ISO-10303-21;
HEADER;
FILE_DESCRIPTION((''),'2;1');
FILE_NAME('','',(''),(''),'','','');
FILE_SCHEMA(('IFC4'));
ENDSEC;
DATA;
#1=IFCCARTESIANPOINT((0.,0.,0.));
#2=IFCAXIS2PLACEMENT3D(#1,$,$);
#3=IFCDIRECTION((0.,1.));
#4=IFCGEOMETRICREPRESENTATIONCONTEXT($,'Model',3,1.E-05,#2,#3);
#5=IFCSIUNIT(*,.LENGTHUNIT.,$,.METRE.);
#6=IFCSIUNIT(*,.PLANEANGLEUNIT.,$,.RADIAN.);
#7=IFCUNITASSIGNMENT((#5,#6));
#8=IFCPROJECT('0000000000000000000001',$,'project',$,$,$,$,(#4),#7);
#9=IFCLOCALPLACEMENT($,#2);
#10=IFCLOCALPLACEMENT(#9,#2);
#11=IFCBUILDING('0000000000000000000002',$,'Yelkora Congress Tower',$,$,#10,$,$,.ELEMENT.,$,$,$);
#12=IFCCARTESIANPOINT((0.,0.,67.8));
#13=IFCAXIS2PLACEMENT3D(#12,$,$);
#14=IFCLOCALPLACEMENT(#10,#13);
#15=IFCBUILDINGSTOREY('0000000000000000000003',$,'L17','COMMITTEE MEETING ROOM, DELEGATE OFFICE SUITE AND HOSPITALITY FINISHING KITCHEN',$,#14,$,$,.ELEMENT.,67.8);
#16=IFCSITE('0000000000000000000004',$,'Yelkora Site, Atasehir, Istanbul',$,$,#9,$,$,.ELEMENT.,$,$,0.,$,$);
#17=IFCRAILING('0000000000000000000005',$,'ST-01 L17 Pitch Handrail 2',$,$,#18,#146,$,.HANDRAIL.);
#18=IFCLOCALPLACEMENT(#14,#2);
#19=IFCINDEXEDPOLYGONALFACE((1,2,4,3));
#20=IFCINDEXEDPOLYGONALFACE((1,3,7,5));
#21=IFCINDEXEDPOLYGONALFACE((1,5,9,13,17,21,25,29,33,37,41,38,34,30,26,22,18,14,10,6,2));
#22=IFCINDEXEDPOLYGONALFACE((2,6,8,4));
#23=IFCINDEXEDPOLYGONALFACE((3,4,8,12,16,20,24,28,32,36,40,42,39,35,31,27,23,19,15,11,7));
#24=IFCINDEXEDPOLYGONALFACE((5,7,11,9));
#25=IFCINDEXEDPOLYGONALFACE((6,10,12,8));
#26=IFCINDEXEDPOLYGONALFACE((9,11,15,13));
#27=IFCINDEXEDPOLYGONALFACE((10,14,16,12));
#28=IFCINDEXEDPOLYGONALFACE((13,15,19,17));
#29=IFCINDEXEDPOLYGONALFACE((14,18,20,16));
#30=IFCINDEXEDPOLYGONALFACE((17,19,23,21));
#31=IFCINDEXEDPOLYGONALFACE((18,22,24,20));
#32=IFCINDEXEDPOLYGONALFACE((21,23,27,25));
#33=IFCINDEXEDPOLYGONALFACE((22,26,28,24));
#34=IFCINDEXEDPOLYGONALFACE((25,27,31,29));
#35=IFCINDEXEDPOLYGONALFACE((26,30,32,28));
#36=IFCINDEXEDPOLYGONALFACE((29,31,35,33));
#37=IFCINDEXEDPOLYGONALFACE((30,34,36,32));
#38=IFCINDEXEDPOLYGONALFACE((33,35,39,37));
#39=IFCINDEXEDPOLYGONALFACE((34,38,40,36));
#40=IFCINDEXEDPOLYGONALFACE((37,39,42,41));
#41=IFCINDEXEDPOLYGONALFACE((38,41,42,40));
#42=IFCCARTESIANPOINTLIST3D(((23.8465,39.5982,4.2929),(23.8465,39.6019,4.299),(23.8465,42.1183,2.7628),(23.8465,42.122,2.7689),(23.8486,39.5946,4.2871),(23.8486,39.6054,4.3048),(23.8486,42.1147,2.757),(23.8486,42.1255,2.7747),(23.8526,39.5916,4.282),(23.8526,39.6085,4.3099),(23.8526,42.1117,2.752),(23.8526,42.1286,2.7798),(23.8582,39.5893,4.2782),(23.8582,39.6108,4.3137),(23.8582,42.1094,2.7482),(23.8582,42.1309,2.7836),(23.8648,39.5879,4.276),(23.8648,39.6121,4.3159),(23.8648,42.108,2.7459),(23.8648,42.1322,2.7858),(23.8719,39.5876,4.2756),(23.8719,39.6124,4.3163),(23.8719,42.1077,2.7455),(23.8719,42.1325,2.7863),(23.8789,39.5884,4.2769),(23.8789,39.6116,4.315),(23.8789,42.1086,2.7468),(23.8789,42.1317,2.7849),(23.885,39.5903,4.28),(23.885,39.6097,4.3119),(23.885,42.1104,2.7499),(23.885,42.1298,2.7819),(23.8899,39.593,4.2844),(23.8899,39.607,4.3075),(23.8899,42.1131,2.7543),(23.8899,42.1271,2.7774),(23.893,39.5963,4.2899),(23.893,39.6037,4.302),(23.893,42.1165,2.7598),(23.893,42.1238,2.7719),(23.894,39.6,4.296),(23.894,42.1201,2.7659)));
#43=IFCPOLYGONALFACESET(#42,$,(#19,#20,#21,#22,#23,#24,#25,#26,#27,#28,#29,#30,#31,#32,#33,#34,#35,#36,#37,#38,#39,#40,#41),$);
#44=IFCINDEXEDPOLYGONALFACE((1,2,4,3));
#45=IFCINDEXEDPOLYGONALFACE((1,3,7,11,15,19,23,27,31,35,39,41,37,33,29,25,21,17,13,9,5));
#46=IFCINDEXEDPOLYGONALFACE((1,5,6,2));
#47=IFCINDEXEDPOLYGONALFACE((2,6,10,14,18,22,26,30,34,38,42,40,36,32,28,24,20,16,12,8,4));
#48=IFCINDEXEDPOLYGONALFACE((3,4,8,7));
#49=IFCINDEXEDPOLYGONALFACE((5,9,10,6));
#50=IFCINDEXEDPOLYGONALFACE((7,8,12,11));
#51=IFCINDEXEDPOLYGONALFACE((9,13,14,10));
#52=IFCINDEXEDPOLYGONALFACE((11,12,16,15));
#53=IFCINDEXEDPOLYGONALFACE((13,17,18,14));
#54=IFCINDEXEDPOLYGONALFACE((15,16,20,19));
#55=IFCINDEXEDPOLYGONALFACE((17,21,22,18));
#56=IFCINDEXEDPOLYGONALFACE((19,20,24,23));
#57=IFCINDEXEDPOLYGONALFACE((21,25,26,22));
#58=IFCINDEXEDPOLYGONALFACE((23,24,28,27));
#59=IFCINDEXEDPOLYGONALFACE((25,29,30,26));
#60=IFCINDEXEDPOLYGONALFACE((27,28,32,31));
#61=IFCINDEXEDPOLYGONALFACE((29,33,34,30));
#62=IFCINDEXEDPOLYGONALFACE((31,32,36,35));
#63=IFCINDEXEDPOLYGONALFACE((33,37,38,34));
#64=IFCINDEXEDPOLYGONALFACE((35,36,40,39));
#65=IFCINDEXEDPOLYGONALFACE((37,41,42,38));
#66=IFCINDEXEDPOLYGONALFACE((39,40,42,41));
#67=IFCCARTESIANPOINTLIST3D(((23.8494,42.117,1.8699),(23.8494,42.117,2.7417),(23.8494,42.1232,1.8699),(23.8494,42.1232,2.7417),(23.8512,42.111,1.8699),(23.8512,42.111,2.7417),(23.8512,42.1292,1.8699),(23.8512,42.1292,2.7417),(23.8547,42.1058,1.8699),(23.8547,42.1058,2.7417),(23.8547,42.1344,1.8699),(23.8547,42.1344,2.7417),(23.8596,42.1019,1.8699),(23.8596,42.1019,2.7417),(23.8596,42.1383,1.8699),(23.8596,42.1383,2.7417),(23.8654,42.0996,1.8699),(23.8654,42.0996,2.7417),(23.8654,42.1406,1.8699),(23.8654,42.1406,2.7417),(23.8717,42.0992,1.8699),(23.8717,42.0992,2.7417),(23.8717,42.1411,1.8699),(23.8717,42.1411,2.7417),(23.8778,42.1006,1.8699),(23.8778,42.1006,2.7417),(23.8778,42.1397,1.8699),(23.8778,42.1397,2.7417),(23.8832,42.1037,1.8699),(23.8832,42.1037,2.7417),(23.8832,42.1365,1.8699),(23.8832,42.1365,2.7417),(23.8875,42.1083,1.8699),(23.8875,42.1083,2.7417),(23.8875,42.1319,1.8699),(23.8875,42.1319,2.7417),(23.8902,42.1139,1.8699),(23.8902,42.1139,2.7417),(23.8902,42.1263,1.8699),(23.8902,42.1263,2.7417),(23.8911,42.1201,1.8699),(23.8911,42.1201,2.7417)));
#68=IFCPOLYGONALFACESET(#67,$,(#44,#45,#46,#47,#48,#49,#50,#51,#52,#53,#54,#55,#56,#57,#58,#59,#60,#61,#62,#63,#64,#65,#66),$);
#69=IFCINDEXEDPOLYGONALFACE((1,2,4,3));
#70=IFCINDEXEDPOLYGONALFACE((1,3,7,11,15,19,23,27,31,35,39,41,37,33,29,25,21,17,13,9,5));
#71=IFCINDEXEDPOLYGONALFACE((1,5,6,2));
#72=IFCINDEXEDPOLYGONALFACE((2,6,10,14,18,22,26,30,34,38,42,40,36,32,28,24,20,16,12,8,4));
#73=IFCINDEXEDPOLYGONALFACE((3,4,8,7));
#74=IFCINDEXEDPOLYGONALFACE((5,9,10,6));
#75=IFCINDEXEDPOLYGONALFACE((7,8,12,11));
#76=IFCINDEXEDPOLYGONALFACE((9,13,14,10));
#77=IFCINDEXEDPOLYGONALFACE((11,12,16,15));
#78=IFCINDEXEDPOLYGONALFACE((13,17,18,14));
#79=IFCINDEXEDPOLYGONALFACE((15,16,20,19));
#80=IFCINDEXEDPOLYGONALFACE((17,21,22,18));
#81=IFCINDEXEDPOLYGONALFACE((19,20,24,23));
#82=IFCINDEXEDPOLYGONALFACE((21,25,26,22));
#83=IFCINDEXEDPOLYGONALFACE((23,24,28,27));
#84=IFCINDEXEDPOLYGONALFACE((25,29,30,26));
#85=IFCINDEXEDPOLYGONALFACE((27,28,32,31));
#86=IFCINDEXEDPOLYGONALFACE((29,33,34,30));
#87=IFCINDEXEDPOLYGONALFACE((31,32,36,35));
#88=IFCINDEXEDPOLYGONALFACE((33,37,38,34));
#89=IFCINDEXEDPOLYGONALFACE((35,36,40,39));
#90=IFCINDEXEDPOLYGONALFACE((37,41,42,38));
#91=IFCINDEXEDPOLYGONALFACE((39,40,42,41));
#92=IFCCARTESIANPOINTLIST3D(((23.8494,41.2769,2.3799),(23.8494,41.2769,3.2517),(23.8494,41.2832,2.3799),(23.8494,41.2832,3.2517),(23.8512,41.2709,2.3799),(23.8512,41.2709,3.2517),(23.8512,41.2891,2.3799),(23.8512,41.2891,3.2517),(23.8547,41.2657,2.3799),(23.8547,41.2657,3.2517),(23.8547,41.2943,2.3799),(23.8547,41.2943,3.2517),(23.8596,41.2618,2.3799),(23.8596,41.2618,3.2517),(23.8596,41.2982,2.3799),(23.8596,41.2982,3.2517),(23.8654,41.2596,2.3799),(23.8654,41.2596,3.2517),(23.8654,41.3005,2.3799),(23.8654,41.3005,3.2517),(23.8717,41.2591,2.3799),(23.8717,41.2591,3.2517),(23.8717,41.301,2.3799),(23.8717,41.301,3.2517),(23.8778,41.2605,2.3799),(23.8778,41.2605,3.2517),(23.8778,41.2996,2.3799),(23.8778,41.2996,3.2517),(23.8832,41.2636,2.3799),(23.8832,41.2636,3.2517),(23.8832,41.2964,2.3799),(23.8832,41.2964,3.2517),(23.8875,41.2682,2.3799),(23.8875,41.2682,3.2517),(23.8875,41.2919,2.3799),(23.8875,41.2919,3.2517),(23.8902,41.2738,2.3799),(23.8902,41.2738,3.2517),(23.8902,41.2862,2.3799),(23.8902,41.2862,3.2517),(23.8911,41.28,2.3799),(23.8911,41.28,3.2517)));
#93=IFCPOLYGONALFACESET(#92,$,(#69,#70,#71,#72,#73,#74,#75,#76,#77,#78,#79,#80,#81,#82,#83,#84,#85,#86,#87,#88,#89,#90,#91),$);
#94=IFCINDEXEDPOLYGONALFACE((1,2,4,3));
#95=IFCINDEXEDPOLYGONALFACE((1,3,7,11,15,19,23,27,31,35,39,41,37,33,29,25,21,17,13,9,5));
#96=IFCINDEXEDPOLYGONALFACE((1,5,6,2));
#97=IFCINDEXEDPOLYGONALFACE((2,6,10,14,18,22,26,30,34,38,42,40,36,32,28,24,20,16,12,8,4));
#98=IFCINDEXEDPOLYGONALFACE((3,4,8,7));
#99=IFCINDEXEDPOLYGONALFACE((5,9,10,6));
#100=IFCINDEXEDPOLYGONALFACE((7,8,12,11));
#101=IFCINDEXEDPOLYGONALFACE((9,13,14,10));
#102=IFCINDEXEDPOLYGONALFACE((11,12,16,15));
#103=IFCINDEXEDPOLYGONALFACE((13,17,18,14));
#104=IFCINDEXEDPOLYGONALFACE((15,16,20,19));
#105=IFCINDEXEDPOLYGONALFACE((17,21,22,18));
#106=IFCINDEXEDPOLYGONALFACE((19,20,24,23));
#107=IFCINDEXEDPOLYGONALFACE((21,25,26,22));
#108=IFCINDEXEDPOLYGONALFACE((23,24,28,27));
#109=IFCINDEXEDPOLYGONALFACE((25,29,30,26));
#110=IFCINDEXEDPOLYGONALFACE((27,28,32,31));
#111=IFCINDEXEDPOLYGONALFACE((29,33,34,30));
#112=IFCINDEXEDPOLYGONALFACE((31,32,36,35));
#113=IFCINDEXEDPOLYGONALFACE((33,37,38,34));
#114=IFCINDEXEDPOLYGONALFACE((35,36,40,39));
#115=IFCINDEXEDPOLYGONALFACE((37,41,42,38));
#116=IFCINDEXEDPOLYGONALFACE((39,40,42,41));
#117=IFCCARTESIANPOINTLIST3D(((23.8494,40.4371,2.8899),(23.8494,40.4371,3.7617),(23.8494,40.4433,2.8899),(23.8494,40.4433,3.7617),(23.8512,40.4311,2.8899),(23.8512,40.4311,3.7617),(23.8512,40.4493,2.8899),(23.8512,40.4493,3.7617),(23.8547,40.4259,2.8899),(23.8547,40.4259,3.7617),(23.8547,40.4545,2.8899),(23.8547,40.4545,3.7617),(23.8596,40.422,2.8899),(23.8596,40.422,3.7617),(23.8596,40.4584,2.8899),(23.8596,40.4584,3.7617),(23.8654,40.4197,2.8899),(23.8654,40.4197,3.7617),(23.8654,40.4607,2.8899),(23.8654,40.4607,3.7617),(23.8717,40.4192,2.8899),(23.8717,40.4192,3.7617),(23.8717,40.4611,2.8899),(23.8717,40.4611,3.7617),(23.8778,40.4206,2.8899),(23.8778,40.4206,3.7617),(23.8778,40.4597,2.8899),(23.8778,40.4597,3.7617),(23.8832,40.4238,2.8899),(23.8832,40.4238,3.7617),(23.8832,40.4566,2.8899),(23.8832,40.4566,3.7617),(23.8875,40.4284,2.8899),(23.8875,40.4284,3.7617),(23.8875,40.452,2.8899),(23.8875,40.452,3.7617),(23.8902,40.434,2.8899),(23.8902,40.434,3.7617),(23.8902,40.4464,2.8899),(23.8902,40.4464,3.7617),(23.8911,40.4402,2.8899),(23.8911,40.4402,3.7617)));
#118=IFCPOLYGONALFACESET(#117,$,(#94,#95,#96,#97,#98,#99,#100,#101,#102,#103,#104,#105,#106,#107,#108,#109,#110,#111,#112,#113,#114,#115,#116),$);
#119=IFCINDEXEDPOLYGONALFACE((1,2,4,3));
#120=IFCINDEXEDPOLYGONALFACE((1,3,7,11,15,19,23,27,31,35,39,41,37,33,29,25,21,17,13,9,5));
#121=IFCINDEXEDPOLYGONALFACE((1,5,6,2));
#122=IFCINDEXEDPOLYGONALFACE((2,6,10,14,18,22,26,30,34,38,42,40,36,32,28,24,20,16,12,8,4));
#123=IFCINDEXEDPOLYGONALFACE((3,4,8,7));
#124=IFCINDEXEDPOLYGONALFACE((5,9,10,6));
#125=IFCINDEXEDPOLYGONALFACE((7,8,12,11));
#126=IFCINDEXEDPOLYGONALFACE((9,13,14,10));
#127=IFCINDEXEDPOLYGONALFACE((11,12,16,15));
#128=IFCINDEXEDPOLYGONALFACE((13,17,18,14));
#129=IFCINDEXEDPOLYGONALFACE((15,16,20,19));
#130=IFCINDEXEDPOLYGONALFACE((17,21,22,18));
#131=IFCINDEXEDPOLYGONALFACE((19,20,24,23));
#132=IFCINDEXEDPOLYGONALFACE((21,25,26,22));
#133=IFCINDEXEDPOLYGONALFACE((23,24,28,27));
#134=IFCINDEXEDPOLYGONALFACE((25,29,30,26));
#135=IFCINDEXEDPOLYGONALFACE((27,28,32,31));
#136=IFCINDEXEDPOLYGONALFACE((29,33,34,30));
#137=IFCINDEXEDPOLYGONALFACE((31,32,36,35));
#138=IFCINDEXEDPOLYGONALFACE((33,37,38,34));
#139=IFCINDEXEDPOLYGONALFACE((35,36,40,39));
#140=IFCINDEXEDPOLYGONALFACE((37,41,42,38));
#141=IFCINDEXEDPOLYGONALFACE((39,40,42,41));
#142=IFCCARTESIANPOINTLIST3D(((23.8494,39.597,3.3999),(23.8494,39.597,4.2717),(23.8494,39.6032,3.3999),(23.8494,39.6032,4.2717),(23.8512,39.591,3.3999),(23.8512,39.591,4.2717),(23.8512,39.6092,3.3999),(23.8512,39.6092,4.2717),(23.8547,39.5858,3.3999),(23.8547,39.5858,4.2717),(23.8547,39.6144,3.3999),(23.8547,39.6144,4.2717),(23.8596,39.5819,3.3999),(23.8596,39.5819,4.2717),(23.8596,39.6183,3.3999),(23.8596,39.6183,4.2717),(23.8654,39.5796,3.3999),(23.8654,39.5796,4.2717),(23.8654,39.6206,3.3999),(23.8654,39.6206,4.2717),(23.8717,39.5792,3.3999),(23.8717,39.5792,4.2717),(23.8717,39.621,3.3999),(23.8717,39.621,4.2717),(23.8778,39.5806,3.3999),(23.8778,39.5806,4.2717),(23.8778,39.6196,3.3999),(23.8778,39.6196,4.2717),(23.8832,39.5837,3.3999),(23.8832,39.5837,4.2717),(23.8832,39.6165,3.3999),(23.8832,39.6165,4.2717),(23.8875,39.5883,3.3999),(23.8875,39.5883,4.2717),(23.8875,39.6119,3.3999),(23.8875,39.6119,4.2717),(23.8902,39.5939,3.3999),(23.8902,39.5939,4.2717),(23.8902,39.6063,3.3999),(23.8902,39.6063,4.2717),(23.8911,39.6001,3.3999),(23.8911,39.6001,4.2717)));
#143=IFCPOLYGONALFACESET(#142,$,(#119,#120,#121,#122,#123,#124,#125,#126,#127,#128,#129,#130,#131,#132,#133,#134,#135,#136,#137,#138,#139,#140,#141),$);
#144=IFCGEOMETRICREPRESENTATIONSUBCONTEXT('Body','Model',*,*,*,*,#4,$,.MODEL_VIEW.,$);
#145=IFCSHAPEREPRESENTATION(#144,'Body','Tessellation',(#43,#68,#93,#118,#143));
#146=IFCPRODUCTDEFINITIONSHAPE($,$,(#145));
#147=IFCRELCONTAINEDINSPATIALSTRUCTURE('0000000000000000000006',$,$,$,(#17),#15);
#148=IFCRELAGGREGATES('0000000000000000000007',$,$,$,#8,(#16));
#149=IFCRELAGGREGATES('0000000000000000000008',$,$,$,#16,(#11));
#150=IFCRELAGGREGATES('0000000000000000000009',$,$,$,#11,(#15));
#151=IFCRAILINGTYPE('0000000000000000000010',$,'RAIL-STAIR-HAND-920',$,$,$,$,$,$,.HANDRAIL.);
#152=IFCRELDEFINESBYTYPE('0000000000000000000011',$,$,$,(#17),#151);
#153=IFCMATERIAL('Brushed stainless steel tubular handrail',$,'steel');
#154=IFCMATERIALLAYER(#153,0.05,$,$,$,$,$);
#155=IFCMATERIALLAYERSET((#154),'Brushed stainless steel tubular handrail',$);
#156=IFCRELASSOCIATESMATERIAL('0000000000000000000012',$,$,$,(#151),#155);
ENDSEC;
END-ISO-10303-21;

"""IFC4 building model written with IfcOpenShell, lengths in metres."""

from ifc_helpers import new_model, si_unit, direction, frame, origin, origin_2d, place, context, subcontext, project, spatial, circle, extrude, material, layer, layer_set, type_object, element, save


model = new_model("IFC4")

# Units and contexts
model_context = context("Model", 3, precision=1e-05, world=origin(), true_north=direction((0.0, 1.0)))
body_context = subcontext(model_context, "Body", "Model", "MODEL_VIEW")
ifc_project = project(units=[si_unit("LENGTHUNIT", "METRE"), si_unit("PLANEANGLEUNIT", "RADIAN")], contexts=[model_context])

# Site, building, storey
site_placement = place(None, origin())
site = spatial("IfcSite", under=ifc_project, at=site_placement, Name="Yelkora Site, Atasehir, Istanbul", CompositionType="ELEMENT", RefElevation=0.0)
building_placement = place(site_placement, origin())
building = spatial("IfcBuilding", under=site, at=building_placement, Name="Yelkora Congress Tower", CompositionType="ELEMENT")
storey_placement = place(building_placement, frame((0.0, 0.0, 67.8)))
storey = spatial("IfcBuildingStorey", under=building, at=storey_placement, Name="L17", Description="COMMITTEE MEETING ROOM, DELEGATE OFFICE SUITE AND HOSPITALITY FINISHING KITCHEN", CompositionType="ELEMENT", Elevation=67.8)

# Railing
ifc_material_1 = material(Name="Brushed stainless steel tubular handrail", Category="steel")
ifc_layer_1 = layer(ifc_material_1, 0.05)
ifc_layer_set_1 = layer_set([ifc_layer_1], Name="Brushed stainless steel tubular handrail")
railing_type_1 = type_object("IfcRailingType", Name="RAIL-STAIR-HAND-920", PredefinedType="HANDRAIL", material=ifc_layer_set_1)
railing_1_placement = place(storey_placement, frame((23.8701, 42.1201, 1.8699)))
element("IfcRailing", 1, at=railing_1_placement, inside=storey, type_object=railing_type_1, Name="ST-01 L17 Pitch Handrail 2", PredefinedType="HANDRAIL", context=body_context, shape_type="SweptSolid", body=[
    extrude(circle(Radius=0.0239, at=origin_2d()), frame((0.0, 0.0, 0.896), z_axis=(0.0, -0.854785, 0.518982), x_axis=(1.0, 0.0, 0.0)), (0.0, 0.0, 1.0), 2.9482),
    extrude(circle(Radius=0.021, at=origin_2d()), origin(), (0.0, 0.0, 1.0), 0.8718),
    extrude(circle(Radius=0.021, at=origin_2d()), frame((0.0, -0.8401, 0.51)), (0.0, 0.0, 1.0), 0.8718),
    extrude(circle(Radius=0.021, at=origin_2d()), frame((0.0, -1.6799, 1.02)), (0.0, 0.0, 1.0), 0.8718),
    extrude(circle(Radius=0.021, at=origin_2d()), frame((0.0, -2.52, 1.53)), (0.0, 0.0, 1.0), 0.8718),
])

save(model, "model.ifc")
